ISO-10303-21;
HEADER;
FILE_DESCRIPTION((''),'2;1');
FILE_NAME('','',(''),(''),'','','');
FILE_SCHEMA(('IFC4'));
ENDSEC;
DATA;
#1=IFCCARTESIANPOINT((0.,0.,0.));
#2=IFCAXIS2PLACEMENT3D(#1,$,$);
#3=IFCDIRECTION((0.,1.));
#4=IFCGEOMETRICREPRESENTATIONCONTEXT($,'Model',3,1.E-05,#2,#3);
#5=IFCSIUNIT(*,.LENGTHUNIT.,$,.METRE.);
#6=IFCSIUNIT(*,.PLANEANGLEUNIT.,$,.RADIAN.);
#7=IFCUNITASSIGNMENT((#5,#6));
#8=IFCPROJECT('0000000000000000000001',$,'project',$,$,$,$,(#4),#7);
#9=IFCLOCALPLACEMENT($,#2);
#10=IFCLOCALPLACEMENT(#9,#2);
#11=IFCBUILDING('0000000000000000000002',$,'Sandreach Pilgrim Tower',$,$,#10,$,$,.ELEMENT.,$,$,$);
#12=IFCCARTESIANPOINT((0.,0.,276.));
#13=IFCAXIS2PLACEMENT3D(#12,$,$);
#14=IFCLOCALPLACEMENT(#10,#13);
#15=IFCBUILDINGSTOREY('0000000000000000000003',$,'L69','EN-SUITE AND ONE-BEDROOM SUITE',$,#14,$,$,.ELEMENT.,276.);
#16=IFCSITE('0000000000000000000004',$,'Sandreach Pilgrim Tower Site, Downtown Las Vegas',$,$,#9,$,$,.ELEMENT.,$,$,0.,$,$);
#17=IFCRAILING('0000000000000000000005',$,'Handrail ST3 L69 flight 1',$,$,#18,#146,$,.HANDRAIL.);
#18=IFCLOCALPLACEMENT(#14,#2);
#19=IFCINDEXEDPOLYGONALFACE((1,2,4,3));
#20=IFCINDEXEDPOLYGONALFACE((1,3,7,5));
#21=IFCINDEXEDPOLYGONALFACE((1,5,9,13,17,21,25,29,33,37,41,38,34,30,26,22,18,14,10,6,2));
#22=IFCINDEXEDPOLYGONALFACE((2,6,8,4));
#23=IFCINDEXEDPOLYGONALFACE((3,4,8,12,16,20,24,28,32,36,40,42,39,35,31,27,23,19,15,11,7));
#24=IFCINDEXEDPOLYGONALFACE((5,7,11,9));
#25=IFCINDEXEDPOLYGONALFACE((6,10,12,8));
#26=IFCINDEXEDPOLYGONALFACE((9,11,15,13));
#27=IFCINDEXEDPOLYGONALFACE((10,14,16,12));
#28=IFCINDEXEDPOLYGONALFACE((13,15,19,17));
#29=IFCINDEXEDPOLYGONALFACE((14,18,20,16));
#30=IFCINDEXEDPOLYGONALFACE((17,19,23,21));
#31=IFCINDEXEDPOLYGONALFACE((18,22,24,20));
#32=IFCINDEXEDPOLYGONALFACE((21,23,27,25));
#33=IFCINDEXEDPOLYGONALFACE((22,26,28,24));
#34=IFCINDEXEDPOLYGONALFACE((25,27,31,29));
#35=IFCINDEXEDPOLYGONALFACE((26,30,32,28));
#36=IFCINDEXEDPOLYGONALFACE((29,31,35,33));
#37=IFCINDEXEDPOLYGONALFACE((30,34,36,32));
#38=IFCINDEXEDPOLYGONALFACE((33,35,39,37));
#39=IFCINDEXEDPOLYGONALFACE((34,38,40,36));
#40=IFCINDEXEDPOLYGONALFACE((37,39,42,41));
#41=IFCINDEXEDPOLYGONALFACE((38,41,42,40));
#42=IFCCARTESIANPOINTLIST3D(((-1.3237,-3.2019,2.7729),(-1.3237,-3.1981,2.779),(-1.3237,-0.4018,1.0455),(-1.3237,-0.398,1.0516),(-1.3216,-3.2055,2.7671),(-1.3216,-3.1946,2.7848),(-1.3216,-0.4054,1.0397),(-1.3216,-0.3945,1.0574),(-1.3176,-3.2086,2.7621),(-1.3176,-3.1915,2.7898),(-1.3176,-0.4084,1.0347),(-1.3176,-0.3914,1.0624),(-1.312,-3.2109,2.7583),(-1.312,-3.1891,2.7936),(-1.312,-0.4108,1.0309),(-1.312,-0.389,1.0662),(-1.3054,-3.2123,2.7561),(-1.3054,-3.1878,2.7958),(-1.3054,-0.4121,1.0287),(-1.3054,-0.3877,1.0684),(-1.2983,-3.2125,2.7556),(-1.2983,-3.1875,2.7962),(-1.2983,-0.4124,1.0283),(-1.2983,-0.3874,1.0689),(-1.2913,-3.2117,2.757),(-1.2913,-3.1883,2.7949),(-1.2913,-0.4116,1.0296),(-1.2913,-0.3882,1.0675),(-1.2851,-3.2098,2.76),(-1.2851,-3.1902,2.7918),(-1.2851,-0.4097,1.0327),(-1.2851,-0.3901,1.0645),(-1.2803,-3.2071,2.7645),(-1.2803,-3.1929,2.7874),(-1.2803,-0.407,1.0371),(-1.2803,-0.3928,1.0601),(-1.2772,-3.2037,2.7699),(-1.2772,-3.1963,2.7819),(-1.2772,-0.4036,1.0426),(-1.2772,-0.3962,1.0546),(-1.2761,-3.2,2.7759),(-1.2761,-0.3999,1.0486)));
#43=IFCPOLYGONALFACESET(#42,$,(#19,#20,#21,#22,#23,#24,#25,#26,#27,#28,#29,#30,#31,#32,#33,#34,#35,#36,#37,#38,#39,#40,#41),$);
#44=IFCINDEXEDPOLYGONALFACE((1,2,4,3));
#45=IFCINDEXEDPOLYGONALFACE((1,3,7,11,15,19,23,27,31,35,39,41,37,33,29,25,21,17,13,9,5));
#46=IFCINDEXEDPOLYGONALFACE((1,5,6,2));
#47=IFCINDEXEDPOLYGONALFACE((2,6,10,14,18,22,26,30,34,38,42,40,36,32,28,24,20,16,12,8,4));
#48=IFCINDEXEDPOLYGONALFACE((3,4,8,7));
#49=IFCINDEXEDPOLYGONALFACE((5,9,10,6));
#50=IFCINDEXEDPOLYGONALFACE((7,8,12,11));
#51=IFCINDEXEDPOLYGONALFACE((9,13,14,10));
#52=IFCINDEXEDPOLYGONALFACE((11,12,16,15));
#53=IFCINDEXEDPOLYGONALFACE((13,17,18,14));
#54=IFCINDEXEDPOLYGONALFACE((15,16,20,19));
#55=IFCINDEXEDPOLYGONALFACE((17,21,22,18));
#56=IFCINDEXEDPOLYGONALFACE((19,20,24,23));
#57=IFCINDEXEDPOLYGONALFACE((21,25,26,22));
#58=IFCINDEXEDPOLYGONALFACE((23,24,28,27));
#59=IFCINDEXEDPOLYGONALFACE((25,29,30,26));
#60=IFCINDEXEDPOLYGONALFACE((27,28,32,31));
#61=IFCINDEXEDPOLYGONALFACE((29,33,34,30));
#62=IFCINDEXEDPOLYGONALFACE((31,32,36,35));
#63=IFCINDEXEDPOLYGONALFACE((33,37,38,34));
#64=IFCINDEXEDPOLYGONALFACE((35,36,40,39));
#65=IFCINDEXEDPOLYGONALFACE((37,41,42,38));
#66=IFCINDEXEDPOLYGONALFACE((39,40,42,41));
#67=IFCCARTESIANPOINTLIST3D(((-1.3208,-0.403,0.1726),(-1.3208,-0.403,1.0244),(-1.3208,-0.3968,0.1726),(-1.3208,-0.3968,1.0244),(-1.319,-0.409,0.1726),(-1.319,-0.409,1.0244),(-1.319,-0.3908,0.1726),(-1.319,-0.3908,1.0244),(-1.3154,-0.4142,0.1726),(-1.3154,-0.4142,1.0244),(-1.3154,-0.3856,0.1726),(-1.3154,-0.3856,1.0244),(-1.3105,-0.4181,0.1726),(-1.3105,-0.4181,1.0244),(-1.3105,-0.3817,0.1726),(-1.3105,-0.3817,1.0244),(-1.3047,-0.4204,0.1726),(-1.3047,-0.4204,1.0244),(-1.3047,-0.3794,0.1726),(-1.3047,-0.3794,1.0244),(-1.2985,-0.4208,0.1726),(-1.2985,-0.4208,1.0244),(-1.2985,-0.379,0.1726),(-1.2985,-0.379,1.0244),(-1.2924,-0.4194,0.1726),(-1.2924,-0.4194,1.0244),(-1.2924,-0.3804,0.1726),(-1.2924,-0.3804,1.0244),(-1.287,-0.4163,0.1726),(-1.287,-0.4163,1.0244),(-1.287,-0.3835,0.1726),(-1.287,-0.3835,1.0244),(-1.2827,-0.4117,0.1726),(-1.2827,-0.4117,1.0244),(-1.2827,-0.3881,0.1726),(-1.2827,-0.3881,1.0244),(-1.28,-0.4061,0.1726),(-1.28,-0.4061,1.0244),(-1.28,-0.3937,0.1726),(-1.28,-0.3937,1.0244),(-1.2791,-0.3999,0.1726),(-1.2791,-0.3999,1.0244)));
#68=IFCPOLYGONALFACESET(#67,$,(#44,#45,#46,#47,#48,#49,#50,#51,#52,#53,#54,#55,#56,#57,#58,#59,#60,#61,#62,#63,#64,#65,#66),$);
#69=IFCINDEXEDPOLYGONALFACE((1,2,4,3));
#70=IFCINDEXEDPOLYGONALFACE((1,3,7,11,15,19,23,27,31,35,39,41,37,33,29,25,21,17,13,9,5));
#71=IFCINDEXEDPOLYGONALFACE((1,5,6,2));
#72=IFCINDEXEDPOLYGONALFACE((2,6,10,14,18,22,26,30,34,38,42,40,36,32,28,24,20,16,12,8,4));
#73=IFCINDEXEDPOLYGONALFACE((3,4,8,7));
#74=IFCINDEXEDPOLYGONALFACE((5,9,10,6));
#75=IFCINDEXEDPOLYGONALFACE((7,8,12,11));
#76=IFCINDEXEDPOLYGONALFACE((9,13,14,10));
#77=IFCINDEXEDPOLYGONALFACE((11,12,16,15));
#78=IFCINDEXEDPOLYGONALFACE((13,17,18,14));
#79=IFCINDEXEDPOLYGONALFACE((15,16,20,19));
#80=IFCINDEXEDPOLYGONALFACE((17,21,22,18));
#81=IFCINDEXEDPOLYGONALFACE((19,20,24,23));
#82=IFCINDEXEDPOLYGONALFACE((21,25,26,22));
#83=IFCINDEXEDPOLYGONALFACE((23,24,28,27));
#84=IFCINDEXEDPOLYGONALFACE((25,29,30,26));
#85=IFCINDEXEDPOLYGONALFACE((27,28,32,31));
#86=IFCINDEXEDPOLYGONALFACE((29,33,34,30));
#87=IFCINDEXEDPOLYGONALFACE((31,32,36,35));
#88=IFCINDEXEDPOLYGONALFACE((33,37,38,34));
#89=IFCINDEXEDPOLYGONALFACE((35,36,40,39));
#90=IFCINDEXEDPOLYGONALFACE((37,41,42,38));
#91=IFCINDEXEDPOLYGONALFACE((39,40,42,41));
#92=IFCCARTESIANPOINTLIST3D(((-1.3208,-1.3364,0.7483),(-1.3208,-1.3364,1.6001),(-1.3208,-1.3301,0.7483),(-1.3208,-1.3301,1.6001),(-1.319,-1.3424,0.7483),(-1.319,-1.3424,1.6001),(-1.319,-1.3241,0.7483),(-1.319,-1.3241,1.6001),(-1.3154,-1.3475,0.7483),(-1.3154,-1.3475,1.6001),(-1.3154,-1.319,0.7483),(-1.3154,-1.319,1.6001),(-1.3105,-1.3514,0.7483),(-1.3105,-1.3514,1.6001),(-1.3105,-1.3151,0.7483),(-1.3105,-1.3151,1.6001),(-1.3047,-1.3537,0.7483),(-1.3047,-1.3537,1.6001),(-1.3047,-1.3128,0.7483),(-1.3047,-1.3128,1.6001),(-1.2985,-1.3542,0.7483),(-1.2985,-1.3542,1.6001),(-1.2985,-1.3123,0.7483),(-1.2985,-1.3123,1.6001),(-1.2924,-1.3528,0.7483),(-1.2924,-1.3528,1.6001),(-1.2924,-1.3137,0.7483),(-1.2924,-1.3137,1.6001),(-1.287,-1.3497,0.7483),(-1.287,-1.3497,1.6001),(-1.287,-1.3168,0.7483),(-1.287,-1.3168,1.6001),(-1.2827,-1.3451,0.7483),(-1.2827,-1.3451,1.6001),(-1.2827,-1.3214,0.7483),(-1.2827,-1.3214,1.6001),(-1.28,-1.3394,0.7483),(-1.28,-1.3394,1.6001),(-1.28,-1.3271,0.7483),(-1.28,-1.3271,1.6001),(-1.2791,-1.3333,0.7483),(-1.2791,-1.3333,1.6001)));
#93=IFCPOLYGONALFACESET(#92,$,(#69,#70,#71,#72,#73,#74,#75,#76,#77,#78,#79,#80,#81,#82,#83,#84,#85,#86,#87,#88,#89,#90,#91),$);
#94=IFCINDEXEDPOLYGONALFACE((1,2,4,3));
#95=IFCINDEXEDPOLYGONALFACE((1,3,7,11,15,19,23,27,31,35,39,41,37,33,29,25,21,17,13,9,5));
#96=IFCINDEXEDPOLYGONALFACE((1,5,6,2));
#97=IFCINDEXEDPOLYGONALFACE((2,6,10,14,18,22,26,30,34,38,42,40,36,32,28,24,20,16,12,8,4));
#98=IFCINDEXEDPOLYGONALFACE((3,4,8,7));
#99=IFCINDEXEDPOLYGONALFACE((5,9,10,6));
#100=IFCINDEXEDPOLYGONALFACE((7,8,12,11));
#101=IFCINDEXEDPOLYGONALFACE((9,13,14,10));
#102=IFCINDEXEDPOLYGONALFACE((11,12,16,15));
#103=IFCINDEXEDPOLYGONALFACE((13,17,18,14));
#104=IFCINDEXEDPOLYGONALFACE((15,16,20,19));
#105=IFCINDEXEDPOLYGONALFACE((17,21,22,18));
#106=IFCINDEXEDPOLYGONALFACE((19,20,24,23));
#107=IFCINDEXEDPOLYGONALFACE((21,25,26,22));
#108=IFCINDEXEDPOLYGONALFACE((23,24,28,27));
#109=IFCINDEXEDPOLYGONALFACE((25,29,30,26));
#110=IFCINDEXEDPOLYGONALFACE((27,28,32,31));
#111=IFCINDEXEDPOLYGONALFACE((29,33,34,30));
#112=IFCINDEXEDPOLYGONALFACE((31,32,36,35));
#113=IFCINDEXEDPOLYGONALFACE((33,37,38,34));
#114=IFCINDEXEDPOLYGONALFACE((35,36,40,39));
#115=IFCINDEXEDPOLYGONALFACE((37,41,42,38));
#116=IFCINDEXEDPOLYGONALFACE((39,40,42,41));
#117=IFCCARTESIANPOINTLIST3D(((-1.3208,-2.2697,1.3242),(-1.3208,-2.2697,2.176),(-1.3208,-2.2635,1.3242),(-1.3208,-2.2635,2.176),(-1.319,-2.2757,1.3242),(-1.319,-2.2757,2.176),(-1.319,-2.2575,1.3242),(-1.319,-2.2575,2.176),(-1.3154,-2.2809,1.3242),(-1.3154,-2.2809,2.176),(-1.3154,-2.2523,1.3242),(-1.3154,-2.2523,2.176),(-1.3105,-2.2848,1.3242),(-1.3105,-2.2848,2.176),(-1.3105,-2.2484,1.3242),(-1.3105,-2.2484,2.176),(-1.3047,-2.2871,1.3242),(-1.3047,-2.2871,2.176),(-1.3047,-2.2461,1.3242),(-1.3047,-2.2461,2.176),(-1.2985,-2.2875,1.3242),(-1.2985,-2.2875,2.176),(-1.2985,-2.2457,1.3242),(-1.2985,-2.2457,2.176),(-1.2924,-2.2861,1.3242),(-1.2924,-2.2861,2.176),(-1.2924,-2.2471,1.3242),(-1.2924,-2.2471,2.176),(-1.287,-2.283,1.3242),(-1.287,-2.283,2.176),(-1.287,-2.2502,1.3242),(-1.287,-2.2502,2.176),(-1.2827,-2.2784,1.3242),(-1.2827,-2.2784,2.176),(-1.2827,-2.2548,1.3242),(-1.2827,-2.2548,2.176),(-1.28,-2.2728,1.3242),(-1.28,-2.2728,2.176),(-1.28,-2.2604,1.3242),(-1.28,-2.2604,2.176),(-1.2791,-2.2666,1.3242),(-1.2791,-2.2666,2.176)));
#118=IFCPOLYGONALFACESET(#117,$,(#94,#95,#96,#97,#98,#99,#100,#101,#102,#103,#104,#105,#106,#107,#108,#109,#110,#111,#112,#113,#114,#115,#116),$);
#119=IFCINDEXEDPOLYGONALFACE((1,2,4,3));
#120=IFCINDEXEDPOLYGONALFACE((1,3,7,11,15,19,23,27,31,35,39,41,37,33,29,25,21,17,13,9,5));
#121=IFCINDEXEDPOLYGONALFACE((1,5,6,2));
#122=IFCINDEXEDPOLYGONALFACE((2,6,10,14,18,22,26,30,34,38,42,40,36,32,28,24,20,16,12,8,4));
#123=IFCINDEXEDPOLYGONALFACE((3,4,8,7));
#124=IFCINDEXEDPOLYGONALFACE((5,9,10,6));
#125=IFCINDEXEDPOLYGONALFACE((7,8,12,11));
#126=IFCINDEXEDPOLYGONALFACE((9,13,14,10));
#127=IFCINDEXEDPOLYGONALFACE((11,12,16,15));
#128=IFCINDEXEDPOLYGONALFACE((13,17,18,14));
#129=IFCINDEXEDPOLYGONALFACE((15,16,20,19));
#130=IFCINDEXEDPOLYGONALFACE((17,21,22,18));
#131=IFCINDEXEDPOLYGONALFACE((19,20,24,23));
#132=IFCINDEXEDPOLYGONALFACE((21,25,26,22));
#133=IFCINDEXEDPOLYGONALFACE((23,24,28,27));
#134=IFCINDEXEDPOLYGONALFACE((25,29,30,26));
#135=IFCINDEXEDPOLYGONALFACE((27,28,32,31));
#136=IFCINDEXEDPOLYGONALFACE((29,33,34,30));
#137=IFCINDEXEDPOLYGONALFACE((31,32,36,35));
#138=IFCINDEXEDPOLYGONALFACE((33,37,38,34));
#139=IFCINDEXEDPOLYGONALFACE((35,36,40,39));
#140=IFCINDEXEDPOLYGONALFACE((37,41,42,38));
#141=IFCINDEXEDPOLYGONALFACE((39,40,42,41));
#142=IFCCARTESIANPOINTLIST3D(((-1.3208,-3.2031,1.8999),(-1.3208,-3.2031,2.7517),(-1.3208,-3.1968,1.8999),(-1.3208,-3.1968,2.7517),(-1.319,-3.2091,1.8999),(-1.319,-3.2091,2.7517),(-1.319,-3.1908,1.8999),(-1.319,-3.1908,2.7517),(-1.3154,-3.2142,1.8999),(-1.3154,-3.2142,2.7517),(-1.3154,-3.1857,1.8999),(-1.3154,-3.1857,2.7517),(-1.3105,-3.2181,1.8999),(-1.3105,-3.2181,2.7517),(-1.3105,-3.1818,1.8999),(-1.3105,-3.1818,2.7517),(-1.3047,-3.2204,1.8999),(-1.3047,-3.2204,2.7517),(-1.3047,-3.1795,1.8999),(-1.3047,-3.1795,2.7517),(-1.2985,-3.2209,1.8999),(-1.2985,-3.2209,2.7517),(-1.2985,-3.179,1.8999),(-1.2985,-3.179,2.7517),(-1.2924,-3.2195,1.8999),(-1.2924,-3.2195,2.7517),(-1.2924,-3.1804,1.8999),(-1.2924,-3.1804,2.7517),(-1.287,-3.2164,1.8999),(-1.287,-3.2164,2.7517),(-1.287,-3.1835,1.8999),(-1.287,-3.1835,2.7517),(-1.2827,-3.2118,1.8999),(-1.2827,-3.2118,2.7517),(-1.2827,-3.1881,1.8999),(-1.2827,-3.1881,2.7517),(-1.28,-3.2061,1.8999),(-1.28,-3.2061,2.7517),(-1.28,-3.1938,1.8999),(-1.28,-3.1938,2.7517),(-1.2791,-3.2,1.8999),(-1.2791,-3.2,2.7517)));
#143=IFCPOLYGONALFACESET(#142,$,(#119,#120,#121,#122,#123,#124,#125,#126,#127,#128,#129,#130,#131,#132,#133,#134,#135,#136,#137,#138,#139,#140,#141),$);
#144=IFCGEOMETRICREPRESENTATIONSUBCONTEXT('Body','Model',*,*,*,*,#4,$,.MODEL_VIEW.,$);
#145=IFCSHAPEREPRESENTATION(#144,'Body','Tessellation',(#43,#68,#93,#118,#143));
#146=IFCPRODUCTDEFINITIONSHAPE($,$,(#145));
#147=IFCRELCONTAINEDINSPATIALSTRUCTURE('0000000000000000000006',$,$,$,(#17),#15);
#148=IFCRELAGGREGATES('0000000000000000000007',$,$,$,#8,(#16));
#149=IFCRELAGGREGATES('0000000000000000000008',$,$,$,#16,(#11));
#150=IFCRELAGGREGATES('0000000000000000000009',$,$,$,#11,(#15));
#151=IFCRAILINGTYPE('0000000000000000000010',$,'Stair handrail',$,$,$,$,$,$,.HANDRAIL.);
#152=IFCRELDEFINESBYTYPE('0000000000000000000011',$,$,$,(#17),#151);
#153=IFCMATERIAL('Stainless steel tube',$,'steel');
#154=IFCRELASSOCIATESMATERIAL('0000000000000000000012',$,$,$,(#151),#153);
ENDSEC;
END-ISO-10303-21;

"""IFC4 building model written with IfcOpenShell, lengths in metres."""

from ifc_helpers import new_model, si_unit, direction, frame, origin, origin_2d, place, context, subcontext, project, spatial, circle, extrude, material, type_object, element, save


model = new_model("IFC4")

# Units and contexts
model_context = context("Model", 3, precision=1e-05, world=origin(), true_north=direction((0.0, 1.0)))
body_context = subcontext(model_context, "Body", "Model", "MODEL_VIEW")
ifc_project = project(units=[si_unit("LENGTHUNIT", "METRE"), si_unit("PLANEANGLEUNIT", "RADIAN")], contexts=[model_context])

# Site, building, storey
site_placement = place(None, origin())
site = spatial("IfcSite", under=ifc_project, at=site_placement, Name="Sandreach Pilgrim Tower Site, Downtown Las Vegas", CompositionType="ELEMENT", RefElevation=0.0)
building_placement = place(site_placement, origin())
building = spatial("IfcBuilding", under=site, at=building_placement, Name="Sandreach Pilgrim Tower", CompositionType="ELEMENT")
storey_placement = place(building_placement, frame((0.0, 0.0, 276.0)))
storey = spatial("IfcBuildingStorey", under=building, at=storey_placement, Name="L69", Description="EN-SUITE AND ONE-BEDROOM SUITE", CompositionType="ELEMENT", Elevation=276.0)

# Railing
ifc_material_1 = material(Name="Stainless steel tube", Category="steel")
railing_type = type_object("IfcRailingType", Name="Stair handrail", PredefinedType="HANDRAIL", material=ifc_material_1)
for number, where, name in (
    (1, (-1.3, -0.3999, 0.1726), "Handrail ST3 L69 flight 1"),
):
    element("IfcRailing", number, at=place(storey_placement, frame(where)), inside=storey, type_object=railing_type, Name=name, PredefinedType="HANDRAIL", context=body_context, shape_type="SweptSolid", body=[
        extrude(circle(Radius=0.0239, at=origin_2d()), frame((0.0, 0.0, 0.876), z_axis=(0.0, -0.85109, 0.52502), x_axis=(1.0, 0.0, 0.0)), (0.0, 0.0, 1.0), 3.29),
        extrude(circle(Radius=0.021, at=origin_2d()), origin(), (0.0, 0.0, 1.0), 0.8518),
        extrude(circle(Radius=0.021, at=origin_2d()), frame((0.0, -0.9333, 0.5757)), (0.0, 0.0, 1.0), 0.8518),
        extrude(circle(Radius=0.021, at=origin_2d()), frame((0.0, -1.8667, 1.1516)), (0.0, 0.0, 1.0), 0.8518),
        extrude(circle(Radius=0.021, at=origin_2d()), frame((0.0, -2.8, 1.7273)), (0.0, 0.0, 1.0), 0.8518),
    ])

save(model, "model.ifc")
